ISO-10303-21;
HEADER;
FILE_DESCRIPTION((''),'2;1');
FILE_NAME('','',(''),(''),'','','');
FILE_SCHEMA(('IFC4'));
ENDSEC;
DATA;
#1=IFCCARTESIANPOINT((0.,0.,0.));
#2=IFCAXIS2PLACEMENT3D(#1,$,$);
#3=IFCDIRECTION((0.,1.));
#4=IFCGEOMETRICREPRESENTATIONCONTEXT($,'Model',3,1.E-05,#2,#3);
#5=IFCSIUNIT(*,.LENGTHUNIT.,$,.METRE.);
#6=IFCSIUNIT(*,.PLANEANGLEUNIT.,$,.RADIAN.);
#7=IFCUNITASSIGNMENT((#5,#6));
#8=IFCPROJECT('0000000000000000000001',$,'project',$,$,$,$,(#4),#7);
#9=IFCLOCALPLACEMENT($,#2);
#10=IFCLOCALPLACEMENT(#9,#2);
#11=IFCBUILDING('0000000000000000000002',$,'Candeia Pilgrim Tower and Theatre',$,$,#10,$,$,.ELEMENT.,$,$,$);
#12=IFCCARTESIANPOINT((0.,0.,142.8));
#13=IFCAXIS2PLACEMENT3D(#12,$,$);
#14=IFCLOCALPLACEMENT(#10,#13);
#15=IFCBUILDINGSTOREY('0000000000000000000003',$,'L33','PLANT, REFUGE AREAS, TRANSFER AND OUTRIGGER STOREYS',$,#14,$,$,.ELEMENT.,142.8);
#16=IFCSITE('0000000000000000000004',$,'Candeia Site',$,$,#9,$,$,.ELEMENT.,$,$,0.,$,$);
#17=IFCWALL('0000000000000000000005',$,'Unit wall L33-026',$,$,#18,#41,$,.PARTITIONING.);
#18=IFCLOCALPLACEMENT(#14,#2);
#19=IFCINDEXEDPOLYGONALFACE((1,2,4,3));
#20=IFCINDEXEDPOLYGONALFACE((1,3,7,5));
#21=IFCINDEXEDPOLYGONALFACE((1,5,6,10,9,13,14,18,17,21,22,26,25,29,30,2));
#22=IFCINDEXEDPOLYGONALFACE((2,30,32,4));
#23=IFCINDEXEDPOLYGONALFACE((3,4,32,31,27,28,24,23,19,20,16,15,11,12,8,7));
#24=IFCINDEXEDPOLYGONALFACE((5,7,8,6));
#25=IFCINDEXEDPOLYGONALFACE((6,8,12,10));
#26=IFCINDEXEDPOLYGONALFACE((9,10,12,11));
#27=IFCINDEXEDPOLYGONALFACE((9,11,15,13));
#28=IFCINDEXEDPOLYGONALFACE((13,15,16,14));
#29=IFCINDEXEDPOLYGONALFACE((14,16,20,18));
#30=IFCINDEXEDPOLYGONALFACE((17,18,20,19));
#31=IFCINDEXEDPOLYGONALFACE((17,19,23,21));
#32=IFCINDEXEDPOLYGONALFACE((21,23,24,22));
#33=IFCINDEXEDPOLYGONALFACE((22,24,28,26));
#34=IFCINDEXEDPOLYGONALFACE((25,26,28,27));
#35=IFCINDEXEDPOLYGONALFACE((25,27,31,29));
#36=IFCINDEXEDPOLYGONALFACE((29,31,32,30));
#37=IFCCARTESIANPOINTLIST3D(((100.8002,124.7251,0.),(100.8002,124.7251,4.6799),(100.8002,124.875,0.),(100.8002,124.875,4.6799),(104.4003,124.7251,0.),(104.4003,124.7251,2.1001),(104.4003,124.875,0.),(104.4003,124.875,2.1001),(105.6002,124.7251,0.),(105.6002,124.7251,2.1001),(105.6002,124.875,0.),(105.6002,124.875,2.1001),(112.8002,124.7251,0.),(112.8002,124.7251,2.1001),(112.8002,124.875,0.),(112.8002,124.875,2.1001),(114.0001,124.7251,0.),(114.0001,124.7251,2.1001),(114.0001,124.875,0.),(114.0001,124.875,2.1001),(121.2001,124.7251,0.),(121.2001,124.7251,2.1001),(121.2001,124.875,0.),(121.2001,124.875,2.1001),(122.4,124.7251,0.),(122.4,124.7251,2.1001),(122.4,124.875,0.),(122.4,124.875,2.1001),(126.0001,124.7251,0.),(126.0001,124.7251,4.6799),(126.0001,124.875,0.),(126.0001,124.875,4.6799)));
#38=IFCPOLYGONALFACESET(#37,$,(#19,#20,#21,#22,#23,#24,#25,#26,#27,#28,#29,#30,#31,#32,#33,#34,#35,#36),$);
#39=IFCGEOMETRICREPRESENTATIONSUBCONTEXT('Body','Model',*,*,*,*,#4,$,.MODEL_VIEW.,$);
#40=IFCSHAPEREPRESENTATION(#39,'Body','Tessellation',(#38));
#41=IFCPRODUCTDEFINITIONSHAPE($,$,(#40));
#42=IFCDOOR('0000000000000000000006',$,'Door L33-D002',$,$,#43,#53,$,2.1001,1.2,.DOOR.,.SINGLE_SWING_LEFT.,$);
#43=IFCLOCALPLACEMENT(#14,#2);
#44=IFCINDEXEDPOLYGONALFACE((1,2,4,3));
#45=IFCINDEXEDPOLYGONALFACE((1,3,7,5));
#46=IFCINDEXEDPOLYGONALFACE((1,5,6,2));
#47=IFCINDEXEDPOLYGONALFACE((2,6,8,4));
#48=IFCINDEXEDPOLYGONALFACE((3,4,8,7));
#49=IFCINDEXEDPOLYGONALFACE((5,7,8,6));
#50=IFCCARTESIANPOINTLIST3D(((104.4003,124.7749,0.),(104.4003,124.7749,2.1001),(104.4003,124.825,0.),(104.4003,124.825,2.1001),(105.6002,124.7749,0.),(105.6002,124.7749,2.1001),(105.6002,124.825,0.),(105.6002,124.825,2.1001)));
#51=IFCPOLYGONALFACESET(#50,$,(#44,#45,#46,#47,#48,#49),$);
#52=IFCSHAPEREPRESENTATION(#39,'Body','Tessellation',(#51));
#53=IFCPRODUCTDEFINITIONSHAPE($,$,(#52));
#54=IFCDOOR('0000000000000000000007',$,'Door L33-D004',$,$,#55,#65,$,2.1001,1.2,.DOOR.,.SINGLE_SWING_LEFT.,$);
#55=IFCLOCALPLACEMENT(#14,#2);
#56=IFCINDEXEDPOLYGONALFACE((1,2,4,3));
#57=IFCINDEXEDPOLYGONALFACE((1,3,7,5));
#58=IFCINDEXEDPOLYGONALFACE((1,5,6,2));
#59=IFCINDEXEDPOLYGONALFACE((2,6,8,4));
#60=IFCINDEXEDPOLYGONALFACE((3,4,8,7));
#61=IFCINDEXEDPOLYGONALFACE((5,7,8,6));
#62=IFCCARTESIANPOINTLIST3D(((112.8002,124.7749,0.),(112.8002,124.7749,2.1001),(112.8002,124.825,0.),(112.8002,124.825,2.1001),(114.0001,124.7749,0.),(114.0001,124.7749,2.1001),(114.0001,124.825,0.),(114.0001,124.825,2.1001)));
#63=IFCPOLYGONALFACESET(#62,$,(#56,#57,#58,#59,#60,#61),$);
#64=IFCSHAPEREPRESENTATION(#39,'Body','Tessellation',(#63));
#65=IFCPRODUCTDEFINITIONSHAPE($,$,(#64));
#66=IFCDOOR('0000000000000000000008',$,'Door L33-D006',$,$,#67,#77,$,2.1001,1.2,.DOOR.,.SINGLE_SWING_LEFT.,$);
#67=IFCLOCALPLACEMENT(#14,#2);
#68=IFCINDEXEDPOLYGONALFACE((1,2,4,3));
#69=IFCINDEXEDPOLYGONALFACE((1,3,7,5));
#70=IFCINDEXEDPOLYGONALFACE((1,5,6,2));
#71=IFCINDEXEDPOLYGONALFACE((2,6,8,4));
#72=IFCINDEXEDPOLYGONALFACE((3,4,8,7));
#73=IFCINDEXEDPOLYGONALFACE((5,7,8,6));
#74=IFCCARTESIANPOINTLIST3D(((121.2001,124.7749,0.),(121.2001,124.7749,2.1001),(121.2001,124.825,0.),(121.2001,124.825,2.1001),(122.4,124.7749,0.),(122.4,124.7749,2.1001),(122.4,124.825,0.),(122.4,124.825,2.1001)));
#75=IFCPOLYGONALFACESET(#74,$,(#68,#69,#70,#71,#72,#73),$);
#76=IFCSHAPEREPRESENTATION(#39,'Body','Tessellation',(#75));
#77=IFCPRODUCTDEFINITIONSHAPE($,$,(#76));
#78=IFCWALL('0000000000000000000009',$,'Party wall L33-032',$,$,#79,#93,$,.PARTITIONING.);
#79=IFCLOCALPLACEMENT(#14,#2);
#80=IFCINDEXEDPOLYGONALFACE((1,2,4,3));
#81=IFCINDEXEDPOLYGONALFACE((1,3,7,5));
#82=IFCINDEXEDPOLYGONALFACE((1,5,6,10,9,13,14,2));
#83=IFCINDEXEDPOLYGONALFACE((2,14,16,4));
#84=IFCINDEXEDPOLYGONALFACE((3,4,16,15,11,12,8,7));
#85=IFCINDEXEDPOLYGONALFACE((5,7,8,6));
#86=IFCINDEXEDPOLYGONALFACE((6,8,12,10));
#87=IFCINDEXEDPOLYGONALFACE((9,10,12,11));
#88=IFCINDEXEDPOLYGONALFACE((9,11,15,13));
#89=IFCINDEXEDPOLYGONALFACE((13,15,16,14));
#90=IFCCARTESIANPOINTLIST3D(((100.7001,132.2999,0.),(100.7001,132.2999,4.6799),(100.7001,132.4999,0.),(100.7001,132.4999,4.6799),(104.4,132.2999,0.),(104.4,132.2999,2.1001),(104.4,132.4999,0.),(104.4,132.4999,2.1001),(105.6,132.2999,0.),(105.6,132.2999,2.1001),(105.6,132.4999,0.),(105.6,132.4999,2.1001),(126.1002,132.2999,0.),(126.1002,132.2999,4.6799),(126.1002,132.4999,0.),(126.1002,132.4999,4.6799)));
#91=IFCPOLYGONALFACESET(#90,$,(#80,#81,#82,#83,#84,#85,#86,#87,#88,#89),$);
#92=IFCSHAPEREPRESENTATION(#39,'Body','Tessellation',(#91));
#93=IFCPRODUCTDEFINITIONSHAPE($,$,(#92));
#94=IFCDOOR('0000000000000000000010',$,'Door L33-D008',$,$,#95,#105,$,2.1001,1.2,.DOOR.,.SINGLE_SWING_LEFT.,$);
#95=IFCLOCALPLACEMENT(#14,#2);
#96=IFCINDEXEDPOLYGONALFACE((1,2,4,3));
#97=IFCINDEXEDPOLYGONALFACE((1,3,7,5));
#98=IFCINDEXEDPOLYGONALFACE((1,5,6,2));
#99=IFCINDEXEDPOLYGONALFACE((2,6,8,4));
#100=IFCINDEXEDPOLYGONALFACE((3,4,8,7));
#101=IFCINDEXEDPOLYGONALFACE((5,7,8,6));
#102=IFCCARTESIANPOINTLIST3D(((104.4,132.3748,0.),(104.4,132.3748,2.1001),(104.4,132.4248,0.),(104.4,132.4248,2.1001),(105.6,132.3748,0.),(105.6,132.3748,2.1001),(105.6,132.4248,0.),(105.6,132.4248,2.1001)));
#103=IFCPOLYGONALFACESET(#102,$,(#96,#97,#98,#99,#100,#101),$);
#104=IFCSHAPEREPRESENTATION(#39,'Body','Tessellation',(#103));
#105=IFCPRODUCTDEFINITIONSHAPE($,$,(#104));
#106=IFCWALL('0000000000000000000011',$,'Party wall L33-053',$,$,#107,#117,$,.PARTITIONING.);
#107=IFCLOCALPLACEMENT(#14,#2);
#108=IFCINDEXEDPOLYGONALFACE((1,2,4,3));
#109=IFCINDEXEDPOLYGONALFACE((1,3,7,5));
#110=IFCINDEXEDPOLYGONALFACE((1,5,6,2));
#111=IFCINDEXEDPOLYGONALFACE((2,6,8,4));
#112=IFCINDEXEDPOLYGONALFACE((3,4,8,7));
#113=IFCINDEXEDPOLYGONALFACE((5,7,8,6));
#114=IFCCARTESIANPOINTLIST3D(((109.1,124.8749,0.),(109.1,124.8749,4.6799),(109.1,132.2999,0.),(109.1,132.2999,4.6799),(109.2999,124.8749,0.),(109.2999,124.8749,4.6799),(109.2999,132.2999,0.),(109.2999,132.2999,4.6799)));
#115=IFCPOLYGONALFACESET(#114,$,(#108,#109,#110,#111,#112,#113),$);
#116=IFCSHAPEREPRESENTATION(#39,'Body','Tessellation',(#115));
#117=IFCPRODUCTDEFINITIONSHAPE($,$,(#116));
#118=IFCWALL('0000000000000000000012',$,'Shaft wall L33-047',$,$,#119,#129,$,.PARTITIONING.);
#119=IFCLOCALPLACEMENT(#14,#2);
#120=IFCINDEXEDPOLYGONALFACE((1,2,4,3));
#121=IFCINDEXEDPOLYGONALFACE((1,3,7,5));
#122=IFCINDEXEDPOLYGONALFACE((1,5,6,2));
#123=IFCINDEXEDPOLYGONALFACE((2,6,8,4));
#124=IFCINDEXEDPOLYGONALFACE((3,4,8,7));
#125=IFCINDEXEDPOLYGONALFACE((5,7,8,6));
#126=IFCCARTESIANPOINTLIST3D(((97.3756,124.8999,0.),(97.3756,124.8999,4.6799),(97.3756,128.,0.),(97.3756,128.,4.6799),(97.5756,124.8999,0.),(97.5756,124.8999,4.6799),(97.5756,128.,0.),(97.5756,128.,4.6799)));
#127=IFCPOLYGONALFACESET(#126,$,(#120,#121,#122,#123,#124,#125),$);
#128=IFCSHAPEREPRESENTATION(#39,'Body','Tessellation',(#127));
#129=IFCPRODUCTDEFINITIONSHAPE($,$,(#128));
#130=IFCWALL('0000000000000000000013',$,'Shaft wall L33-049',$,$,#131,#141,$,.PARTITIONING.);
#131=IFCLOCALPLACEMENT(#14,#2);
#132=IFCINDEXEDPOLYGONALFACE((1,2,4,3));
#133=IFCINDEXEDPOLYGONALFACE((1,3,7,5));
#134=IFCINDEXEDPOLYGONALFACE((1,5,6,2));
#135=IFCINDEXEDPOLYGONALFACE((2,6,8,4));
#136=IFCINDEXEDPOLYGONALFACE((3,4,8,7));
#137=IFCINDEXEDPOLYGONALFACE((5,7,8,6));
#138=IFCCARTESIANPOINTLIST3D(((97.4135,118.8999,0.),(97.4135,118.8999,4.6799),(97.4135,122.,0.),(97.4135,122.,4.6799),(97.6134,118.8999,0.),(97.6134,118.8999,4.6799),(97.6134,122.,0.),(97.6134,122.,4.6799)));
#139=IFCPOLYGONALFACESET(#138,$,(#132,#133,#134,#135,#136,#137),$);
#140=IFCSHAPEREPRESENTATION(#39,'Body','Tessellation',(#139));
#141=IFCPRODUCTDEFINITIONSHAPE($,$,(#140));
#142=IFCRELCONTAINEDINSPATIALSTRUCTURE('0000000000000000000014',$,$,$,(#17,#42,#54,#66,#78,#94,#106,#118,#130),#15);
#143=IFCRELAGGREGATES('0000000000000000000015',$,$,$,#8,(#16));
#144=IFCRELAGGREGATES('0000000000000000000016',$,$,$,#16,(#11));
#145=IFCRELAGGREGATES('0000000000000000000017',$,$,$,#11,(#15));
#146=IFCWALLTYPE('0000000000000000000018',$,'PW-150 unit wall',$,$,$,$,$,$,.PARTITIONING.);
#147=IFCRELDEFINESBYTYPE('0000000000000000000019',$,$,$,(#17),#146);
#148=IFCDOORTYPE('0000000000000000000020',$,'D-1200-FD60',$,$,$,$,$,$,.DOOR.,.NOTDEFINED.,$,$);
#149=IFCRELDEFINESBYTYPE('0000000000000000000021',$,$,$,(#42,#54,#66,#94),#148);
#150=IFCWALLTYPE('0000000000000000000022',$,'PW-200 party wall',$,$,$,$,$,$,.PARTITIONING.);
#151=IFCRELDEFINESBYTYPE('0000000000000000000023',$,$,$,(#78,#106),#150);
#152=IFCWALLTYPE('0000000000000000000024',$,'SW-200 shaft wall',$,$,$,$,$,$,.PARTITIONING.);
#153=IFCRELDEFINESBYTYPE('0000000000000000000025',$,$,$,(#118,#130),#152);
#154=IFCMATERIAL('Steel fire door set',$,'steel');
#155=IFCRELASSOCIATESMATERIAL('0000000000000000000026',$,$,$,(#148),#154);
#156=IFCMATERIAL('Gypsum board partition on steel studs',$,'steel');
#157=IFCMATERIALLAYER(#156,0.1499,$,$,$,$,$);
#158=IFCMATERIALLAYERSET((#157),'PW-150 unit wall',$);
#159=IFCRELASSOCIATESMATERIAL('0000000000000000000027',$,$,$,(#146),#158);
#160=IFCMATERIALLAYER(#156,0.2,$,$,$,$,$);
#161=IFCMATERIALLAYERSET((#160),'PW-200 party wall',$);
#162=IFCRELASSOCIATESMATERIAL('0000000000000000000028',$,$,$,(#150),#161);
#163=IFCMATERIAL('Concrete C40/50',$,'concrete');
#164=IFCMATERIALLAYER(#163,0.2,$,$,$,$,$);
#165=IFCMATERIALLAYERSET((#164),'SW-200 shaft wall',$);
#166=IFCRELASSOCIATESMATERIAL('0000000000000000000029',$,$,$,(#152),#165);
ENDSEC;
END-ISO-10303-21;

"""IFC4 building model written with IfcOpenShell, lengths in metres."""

from ifc_helpers import new_model, si_unit, direction, frame, frame_2d, origin, place, context, subcontext, project, spatial, rectangle, extrude, material, layer, layer_set, type_object, element, fill, save


model = new_model("IFC4")

# Units and contexts
model_context = context("Model", 3, precision=1e-05, world=origin(), true_north=direction((0.0, 1.0)))
body_context = subcontext(model_context, "Body", "Model", "MODEL_VIEW")
ifc_project = project(units=[si_unit("LENGTHUNIT", "METRE"), si_unit("PLANEANGLEUNIT", "RADIAN")], contexts=[model_context])

# Site, building, storey
site_placement = place(None, origin())
site = spatial("IfcSite", under=ifc_project, at=site_placement, Name="Candeia Site", CompositionType="ELEMENT", RefElevation=0.0)
building_placement = place(site_placement, origin())
building = spatial("IfcBuilding", under=site, at=building_placement, Name="Candeia Pilgrim Tower and Theatre", CompositionType="ELEMENT")
storey_placement = place(building_placement, frame((0.0, 0.0, 142.8)))
storey = spatial("IfcBuildingStorey", under=building, at=storey_placement, Name="L33", Description="PLANT, REFUGE AREAS, TRANSFER AND OUTRIGGER STOREYS", CompositionType="ELEMENT", Elevation=142.8)

# Wall, openings, doors
ifc_material_1 = material(Name="Steel fire door set", Category="steel")
door_type_1 = type_object("IfcDoorType", Name="D-1200-FD60", OperationType="NOTDEFINED", PredefinedType="DOOR", material=ifc_material_1)
ifc_material_2 = material(Name="Gypsum board partition on steel studs", Category="steel")
ifc_layer_1 = layer(ifc_material_2, 0.1499)
ifc_layer_set_1 = layer_set([ifc_layer_1], Name="PW-150 unit wall")
wall_type_1 = type_object("IfcWallType", Name="PW-150 unit wall", PredefinedType="PARTITIONING", material=ifc_layer_set_1)
wall_1_placement = place(storey_placement, frame((100.8, 124.8, 0.0), z_axis=(0.0, 0.0, 1.0), x_axis=(1.0, 0.0, 0.0)))
wall_1 = element("IfcWall", 1, at=wall_1_placement, inside=storey, type_object=wall_type_1, Name="Unit wall L33-026", PredefinedType="PARTITIONING", context=body_context, shape_type="SweptSolid", body=[
    extrude(rectangle(XDim=25.2, YDim=0.1499, at=frame_2d((12.6001, 0.0))), origin(), (0.0, 0.0, 1.0), 4.6799),
])
opening_1_placement = place(wall_1_placement, frame((3.6001, 0.0, 0.0)))
opening_1 = element("IfcOpeningElement", 2, at=opening_1_placement, cuts=wall_1, PredefinedType="OPENING", context=body_context, shape_type="SweptSolid", body=[
    extrude(rectangle(XDim=1.2, YDim=2.1001, at=frame_2d((0.6001, 1.05))), frame((0.0, 0.085, 0.0), z_axis=(0.0, -1.0, 0.0), x_axis=(1.0, 0.0, 0.0)), (0.0, 0.0, 1.0), 0.1699),
])
opening_2_placement = place(wall_1_placement, frame((12.0, 0.0, 0.0)))
opening_2 = element("IfcOpeningElement", 3, at=opening_2_placement, cuts=wall_1, PredefinedType="OPENING", context=body_context, shape_type="SweptSolid", body=[
    extrude(rectangle(XDim=1.2, YDim=2.1001, at=frame_2d((0.6001, 1.05))), frame((0.0, 0.085, 0.0), z_axis=(0.0, -1.0, 0.0), x_axis=(1.0, 0.0, 0.0)), (0.0, 0.0, 1.0), 0.1699),
])
opening_3_placement = place(wall_1_placement, frame((20.3999, 0.0, 0.0)))
opening_3 = element("IfcOpeningElement", 4, at=opening_3_placement, cuts=wall_1, PredefinedType="OPENING", context=body_context, shape_type="SweptSolid", body=[
    extrude(rectangle(XDim=1.2, YDim=2.1001, at=frame_2d((0.6001, 1.05))), frame((0.0, 0.085, 0.0), z_axis=(0.0, -1.0, 0.0), x_axis=(1.0, 0.0, 0.0)), (0.0, 0.0, 1.0), 0.1699),
])
door_1_placement = place(opening_1_placement, origin())
door_1 = element("IfcDoor", 5, at=door_1_placement, inside=storey, type_object=door_type_1, Name="Door L33-D002", OperationType="SINGLE_SWING_LEFT", OverallHeight=2.1001, OverallWidth=1.2, PredefinedType="DOOR", context=body_context, shape_type="SweptSolid", body=[
    extrude(rectangle(XDim=1.2, YDim=2.1001, at=frame_2d((0.6001, 1.05))), frame((0.0, 0.0249, 0.0), z_axis=(0.0, -1.0, 0.0), x_axis=(1.0, 0.0, 0.0)), (0.0, 0.0, 1.0), 0.05),
])
fill(opening_1, door_1)
door_2_placement = place(opening_2_placement, origin())
door_2 = element("IfcDoor", 6, at=door_2_placement, inside=storey, type_object=door_type_1, Name="Door L33-D004", OperationType="SINGLE_SWING_LEFT", OverallHeight=2.1001, OverallWidth=1.2, PredefinedType="DOOR", context=body_context, shape_type="SweptSolid", body=[
    extrude(rectangle(XDim=1.2, YDim=2.1001, at=frame_2d((0.6001, 1.05))), frame((0.0, 0.0249, 0.0), z_axis=(0.0, -1.0, 0.0), x_axis=(1.0, 0.0, 0.0)), (0.0, 0.0, 1.0), 0.05),
])
fill(opening_2, door_2)
door_3_placement = place(opening_3_placement, origin())
door_3 = element("IfcDoor", 7, at=door_3_placement, inside=storey, type_object=door_type_1, Name="Door L33-D006", OperationType="SINGLE_SWING_LEFT", OverallHeight=2.1001, OverallWidth=1.2, PredefinedType="DOOR", context=body_context, shape_type="SweptSolid", body=[
    extrude(rectangle(XDim=1.2, YDim=2.1001, at=frame_2d((0.6001, 1.05))), frame((0.0, 0.0249, 0.0), z_axis=(0.0, -1.0, 0.0), x_axis=(1.0, 0.0, 0.0)), (0.0, 0.0, 1.0), 0.05),
])
fill(opening_3, door_3)

# Wall, opening, door
ifc_layer_2 = layer(ifc_material_2, 0.2)
ifc_layer_set_2 = layer_set([ifc_layer_2], Name="PW-200 party wall")
wall_type_2 = type_object("IfcWallType", Name="PW-200 party wall", PredefinedType="PARTITIONING", material=ifc_layer_set_2)
wall_2_placement = place(storey_placement, frame((100.7, 132.3999, 0.0), z_axis=(0.0, 0.0, 1.0), x_axis=(1.0, 0.0, 0.0)))
wall_2 = element("IfcWall", 8, at=wall_2_placement, inside=storey, type_object=wall_type_2, Name="Party wall L33-032", PredefinedType="PARTITIONING", context=body_context, shape_type="SweptSolid", body=[
    extrude(rectangle(XDim=25.4001, YDim=0.2, at=frame_2d((12.7002, 0.0))), origin(), (0.0, 0.0, 1.0), 4.6799),
])
opening_4_placement = place(wall_2_placement, frame((3.7, 0.0, 0.0)))
opening_4 = element("IfcOpeningElement", 9, at=opening_4_placement, cuts=wall_2, PredefinedType="OPENING", context=body_context, shape_type="SweptSolid", body=[
    extrude(rectangle(XDim=1.2, YDim=2.1001, at=frame_2d((0.6001, 1.05))), frame((0.0, 0.1099, 0.0), z_axis=(0.0, -1.0, 0.0), x_axis=(1.0, 0.0, 0.0)), (0.0, 0.0, 1.0), 0.22),
])
door_4_placement = place(opening_4_placement, origin())
door_4 = element("IfcDoor", 10, at=door_4_placement, inside=storey, type_object=door_type_1, Name="Door L33-D008", OperationType="SINGLE_SWING_LEFT", OverallHeight=2.1001, OverallWidth=1.2, PredefinedType="DOOR", context=body_context, shape_type="SweptSolid", body=[
    extrude(rectangle(XDim=1.2, YDim=2.1001, at=frame_2d((0.6001, 1.05))), frame((0.0, 0.0249, 0.0), z_axis=(0.0, -1.0, 0.0), x_axis=(1.0, 0.0, 0.0)), (0.0, 0.0, 1.0), 0.05),
])
fill(opening_4, door_4)

# Walls
wall_3_placement = place(storey_placement, frame((109.2, 124.875, 0.0), z_axis=(0.0, 0.0, 1.0), x_axis=(0.0, 1.0, 0.0)))
element("IfcWall", 11, at=wall_3_placement, inside=storey, type_object=wall_type_2, Name="Party wall L33-053", PredefinedType="PARTITIONING", context=body_context, shape_type="SweptSolid", body=[
    extrude(rectangle(XDim=7.425, YDim=0.2, at=frame_2d((3.7124, 0.0))), origin(), (0.0, 0.0, 1.0), 4.6799),
])
ifc_material_3 = material(Name="Concrete C40/50", Category="concrete")
ifc_layer_3 = layer(ifc_material_3, 0.2)
ifc_layer_set_3 = layer_set([ifc_layer_3], Name="SW-200 shaft wall")
wall_type_3 = type_object("IfcWallType", Name="SW-200 shaft wall", PredefinedType="PARTITIONING", material=ifc_layer_set_3)
for number, where, z_axis, x_axis, name in (
    (12, (97.4756, 124.8999, 0.0), (0.0, 0.0, 1.0), (0.0, 1.0, 0.0), "Shaft wall L33-047"),
    (13, (97.5134, 118.8999, 0.0), (0.0, 0.0, 1.0), (0.0, 1.0, 0.0), "Shaft wall L33-049"),
):
    element("IfcWall", number, at=place(storey_placement, frame(where, z_axis=z_axis, x_axis=x_axis)), inside=storey, type_object=wall_type_3, Name=name, PredefinedType="PARTITIONING", context=body_context, shape_type="SweptSolid", body=[
        extrude(rectangle(XDim=3.1001, YDim=0.2, at=frame_2d((1.55, 0.0))), origin(), (0.0, 0.0, 1.0), 4.6799),
    ])

save(model, "model.ifc")
